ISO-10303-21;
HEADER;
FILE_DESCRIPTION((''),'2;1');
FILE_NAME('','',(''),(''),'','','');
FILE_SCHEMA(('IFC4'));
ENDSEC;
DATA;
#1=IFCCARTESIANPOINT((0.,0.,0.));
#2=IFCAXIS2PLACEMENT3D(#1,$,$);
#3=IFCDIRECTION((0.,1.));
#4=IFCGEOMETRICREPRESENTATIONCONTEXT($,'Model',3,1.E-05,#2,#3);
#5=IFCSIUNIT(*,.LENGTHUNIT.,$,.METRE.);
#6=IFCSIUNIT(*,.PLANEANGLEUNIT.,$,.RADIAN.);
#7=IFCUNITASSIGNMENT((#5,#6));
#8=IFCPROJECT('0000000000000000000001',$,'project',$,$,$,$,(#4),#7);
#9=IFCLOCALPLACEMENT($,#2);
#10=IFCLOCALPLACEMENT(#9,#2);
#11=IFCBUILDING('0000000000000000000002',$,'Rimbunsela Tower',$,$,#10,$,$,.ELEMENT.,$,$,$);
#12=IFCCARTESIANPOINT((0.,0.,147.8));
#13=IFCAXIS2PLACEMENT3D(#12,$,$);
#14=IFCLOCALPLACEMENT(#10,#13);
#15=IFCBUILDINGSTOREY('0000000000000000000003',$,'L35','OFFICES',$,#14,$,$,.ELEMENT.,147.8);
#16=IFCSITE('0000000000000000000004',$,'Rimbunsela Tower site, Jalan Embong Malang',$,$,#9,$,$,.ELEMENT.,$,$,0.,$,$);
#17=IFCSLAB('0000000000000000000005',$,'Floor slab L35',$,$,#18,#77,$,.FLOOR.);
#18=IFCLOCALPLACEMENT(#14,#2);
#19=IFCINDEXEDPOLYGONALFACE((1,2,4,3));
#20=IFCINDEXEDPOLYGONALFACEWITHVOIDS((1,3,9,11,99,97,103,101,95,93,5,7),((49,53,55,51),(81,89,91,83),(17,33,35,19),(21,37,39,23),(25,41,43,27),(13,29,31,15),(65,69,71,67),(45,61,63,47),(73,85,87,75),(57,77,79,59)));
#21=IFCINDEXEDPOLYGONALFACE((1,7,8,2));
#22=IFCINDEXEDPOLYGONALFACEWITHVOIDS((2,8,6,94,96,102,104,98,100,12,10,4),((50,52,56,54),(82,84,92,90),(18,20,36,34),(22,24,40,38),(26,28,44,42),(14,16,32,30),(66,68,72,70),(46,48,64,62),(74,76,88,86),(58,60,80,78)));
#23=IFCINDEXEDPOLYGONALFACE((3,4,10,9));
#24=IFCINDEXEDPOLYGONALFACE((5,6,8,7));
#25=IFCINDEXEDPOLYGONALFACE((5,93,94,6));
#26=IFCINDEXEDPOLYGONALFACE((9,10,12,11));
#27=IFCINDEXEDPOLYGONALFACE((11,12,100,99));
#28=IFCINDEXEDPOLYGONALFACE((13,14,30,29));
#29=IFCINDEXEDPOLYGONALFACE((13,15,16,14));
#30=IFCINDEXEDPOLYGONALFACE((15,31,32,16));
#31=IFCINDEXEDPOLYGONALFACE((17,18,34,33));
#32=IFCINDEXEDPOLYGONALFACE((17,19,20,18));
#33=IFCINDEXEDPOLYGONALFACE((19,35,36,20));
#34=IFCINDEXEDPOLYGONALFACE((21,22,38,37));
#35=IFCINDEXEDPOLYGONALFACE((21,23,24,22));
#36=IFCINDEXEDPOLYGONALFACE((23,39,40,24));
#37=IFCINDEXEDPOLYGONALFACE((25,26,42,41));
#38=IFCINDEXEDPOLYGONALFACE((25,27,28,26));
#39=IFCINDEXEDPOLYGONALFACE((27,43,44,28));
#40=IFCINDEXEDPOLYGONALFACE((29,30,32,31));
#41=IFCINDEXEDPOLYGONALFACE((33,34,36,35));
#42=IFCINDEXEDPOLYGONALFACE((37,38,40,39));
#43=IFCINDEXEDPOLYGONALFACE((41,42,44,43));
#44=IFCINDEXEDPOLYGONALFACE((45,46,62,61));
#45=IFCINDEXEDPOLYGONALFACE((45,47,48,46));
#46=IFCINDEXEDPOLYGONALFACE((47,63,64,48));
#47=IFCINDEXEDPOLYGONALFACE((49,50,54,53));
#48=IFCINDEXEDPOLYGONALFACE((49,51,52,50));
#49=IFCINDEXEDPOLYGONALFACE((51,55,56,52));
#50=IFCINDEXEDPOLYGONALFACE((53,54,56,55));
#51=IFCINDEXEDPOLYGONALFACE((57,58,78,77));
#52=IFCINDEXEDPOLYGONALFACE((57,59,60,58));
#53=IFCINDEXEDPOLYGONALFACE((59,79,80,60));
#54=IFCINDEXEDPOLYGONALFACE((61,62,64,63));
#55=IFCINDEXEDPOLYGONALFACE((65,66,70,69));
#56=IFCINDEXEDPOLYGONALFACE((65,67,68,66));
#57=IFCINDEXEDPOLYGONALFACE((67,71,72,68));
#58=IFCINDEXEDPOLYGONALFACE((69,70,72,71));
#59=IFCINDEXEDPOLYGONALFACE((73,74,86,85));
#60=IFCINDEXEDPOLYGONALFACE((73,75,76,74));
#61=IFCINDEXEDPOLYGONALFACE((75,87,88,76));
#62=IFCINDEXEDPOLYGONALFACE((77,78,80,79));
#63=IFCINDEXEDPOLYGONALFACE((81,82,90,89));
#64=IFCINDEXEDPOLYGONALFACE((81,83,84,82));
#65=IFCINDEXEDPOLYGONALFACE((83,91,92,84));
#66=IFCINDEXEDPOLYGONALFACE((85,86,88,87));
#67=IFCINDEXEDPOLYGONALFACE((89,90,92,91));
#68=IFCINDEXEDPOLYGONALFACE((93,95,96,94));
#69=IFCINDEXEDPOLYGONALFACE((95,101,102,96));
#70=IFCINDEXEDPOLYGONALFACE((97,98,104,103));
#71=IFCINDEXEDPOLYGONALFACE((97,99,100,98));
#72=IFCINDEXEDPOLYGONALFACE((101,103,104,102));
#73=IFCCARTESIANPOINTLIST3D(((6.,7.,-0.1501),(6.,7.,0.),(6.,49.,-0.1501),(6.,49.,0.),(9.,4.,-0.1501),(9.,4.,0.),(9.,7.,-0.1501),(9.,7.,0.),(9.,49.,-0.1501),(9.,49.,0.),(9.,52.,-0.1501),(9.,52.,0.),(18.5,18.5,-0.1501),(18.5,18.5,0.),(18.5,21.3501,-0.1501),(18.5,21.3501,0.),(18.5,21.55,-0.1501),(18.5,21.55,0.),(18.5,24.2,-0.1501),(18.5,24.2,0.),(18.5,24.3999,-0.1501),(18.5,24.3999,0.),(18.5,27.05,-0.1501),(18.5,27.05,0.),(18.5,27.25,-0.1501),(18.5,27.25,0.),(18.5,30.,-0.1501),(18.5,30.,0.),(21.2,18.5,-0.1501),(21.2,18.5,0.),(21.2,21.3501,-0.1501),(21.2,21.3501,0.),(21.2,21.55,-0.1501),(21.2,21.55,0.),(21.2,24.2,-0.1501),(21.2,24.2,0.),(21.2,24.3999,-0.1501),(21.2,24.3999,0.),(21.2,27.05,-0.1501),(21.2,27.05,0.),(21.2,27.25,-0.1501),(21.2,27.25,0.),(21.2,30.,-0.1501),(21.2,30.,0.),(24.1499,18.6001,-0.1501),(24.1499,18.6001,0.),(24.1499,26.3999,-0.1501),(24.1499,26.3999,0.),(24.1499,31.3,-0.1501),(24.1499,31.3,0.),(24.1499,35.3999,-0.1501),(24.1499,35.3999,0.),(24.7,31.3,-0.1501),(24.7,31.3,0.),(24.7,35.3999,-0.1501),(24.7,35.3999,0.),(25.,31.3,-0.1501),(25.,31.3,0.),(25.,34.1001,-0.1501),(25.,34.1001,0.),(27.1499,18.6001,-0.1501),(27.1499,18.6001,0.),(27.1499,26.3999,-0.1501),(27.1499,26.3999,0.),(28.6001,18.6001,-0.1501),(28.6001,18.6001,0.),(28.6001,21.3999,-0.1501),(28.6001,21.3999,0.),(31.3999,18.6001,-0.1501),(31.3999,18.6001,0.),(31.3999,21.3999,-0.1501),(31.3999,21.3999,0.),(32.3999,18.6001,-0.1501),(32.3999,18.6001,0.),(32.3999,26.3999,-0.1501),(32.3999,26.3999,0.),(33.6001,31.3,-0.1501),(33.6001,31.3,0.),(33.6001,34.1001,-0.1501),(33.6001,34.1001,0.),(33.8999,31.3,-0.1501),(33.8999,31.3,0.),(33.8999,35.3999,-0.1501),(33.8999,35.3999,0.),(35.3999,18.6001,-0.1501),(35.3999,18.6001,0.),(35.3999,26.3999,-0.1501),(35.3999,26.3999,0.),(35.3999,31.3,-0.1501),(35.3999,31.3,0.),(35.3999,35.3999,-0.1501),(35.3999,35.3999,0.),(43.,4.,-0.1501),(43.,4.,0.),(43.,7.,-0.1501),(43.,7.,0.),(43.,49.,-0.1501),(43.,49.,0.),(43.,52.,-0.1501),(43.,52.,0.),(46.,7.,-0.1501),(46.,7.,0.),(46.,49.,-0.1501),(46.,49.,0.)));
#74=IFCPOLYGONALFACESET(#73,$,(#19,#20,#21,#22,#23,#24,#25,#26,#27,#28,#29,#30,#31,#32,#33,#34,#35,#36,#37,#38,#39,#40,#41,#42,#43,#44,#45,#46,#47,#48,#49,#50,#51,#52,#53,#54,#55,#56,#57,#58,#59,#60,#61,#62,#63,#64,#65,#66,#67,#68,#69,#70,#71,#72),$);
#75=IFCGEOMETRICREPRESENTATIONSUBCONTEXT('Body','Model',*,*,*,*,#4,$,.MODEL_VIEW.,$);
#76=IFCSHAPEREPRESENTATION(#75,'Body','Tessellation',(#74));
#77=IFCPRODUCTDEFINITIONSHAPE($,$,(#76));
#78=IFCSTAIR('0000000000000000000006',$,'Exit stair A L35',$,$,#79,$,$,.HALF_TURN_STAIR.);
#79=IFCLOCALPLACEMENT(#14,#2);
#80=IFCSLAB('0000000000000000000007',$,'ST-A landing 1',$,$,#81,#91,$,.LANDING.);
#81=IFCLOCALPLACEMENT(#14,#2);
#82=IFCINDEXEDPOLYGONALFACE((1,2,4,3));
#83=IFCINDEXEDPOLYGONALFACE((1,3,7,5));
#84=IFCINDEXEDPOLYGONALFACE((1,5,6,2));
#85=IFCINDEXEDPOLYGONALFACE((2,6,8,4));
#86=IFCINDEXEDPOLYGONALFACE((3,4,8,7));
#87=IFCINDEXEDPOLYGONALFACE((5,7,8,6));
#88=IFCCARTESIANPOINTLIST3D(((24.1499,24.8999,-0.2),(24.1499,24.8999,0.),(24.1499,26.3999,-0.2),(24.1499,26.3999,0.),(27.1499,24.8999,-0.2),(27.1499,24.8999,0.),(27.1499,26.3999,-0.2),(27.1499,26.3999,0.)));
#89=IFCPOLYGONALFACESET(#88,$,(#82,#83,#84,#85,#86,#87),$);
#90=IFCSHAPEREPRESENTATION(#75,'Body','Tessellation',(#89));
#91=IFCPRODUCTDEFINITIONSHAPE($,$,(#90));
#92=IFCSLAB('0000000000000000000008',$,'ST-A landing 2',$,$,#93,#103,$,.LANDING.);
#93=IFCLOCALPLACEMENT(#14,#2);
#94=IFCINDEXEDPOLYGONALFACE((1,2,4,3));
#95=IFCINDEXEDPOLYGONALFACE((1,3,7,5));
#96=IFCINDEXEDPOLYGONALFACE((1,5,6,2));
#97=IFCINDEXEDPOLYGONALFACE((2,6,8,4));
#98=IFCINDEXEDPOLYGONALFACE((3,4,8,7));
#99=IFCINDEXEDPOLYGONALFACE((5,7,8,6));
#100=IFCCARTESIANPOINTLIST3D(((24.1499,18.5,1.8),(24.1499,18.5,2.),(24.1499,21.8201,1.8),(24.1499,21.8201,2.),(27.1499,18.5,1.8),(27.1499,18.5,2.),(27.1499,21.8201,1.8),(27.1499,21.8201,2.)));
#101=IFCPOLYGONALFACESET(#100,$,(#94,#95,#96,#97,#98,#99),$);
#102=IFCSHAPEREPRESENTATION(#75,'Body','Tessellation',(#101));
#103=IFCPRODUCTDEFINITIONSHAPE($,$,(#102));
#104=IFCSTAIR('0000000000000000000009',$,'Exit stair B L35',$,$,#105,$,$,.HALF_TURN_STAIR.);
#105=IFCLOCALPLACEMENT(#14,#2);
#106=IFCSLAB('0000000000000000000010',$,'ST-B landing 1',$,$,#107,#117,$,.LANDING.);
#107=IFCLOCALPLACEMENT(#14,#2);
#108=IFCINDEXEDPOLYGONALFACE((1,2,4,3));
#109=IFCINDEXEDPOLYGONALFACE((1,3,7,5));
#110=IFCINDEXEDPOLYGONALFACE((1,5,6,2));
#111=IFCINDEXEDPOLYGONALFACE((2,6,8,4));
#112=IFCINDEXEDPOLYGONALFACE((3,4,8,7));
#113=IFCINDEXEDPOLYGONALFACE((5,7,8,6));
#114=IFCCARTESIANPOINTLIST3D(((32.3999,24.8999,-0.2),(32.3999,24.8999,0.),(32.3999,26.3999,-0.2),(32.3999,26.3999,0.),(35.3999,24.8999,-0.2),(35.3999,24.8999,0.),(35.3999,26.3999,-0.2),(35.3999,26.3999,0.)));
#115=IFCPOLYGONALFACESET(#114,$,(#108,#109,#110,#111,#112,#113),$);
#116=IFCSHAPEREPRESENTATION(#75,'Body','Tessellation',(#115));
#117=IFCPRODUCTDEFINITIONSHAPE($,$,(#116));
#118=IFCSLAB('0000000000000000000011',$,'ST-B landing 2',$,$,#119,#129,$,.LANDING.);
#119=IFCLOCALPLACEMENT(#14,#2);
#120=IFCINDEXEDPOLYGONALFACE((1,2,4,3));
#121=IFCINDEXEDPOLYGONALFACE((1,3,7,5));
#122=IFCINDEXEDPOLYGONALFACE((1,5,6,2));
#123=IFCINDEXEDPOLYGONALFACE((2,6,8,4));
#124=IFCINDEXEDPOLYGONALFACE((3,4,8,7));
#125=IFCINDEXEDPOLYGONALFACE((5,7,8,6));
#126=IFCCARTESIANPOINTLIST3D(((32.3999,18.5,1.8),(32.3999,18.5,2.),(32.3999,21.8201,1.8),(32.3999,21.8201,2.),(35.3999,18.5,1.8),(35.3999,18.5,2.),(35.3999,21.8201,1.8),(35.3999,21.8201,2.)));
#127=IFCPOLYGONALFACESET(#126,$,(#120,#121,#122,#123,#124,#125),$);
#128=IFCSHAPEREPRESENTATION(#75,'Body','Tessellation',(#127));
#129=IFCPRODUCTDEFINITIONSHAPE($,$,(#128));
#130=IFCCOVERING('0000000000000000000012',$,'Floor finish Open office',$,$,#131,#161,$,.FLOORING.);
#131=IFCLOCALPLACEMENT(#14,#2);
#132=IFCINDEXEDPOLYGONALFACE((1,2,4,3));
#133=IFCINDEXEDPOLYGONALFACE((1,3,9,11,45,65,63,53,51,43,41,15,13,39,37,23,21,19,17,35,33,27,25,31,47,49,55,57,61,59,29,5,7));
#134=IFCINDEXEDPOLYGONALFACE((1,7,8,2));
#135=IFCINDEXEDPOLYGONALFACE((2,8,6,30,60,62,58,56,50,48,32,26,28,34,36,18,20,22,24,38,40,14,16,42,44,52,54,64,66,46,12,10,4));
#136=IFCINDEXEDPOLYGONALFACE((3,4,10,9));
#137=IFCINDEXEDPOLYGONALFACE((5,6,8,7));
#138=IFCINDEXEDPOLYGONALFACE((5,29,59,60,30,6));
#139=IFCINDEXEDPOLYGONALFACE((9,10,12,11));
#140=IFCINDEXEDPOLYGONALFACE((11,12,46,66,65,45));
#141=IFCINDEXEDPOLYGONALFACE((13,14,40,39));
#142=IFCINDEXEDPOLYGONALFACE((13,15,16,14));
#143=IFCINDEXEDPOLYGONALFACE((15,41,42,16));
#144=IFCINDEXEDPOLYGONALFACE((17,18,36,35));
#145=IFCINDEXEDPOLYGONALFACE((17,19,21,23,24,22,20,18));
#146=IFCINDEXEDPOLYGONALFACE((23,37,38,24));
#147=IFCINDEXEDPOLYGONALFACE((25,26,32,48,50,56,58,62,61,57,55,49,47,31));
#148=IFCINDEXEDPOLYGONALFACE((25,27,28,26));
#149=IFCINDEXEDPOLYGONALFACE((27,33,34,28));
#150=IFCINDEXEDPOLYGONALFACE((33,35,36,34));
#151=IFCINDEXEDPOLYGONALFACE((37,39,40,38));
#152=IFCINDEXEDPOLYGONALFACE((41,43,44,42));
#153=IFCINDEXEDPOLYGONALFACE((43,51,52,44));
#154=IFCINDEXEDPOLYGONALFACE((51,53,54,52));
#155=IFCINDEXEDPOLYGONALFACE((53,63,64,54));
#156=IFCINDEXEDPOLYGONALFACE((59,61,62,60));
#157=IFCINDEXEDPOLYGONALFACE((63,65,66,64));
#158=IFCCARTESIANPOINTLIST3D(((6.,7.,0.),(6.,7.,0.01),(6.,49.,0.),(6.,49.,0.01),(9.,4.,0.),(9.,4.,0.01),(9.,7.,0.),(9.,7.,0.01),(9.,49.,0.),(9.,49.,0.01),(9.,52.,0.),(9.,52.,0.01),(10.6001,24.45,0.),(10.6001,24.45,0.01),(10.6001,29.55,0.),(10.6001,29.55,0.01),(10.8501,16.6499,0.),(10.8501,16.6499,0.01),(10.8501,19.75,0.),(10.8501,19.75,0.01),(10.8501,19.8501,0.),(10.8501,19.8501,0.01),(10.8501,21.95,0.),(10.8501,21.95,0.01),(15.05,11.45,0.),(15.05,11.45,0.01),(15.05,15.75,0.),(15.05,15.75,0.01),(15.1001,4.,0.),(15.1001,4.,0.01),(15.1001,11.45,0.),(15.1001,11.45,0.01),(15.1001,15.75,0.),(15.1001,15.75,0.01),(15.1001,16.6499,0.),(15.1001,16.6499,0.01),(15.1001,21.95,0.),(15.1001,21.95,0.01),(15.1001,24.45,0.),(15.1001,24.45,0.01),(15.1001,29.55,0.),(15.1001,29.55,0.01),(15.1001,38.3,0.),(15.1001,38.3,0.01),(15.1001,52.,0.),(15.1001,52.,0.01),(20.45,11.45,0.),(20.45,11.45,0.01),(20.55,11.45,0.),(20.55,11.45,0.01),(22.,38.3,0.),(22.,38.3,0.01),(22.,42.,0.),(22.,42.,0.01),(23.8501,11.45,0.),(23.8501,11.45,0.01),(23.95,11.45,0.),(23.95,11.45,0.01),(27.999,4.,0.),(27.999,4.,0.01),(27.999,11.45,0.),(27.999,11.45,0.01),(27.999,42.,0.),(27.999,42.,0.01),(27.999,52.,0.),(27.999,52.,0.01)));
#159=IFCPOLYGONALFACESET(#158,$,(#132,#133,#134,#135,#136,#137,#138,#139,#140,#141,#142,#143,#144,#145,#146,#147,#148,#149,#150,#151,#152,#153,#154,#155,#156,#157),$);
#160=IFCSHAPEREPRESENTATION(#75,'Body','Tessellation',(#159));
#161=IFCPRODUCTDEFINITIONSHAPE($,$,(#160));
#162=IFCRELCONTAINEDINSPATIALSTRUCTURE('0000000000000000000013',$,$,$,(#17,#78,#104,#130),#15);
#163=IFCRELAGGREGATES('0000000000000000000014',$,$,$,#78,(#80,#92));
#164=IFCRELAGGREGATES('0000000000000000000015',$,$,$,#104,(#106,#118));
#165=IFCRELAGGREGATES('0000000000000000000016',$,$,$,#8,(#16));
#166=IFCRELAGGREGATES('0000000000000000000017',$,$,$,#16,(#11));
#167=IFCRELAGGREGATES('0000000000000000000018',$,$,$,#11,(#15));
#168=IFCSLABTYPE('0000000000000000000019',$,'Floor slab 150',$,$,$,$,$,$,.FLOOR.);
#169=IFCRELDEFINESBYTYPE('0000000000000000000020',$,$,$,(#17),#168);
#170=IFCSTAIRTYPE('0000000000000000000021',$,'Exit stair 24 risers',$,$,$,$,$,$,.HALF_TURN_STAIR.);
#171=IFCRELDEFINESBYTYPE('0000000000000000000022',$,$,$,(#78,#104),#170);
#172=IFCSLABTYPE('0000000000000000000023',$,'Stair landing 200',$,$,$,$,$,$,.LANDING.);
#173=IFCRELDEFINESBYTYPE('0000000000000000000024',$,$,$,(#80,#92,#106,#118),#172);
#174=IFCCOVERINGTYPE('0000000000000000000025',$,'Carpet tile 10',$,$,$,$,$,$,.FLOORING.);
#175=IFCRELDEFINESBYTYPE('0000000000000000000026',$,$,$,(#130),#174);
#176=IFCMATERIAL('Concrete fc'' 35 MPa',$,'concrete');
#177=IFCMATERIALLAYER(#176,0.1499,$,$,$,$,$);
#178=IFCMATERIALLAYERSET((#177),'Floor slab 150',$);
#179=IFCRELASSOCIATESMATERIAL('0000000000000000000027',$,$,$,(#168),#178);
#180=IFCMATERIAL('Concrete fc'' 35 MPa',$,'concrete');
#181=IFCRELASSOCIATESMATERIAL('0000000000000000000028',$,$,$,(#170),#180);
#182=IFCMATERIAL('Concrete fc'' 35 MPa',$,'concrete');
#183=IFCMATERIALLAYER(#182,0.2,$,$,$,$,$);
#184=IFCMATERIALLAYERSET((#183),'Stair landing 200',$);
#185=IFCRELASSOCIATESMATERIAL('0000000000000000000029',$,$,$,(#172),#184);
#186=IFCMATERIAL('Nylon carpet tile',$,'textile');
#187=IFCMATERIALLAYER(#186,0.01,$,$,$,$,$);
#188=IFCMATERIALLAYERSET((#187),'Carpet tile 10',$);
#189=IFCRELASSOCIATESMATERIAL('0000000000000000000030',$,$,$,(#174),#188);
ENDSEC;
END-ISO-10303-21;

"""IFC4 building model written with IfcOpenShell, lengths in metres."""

from ifc_helpers import new_model, si_unit, direction, frame, origin, place, context, subcontext, project, spatial, polyline, outline, extrude, material, layer, layer_set, type_object, element, aggregate, save


model = new_model("IFC4")

# Units and contexts
model_context = context("Model", 3, precision=1e-05, world=origin(), true_north=direction((0.0, 1.0)))
body_context = subcontext(model_context, "Body", "Model", "MODEL_VIEW")
ifc_project = project(units=[si_unit("LENGTHUNIT", "METRE"), si_unit("PLANEANGLEUNIT", "RADIAN")], contexts=[model_context])

# Site, building, storey
site_placement = place(None, origin())
site = spatial("IfcSite", under=ifc_project, at=site_placement, Name="Rimbunsela Tower site, Jalan Embong Malang", CompositionType="ELEMENT", RefElevation=0.0)
building_placement = place(site_placement, origin())
building = spatial("IfcBuilding", under=site, at=building_placement, Name="Rimbunsela Tower", CompositionType="ELEMENT")
storey_placement = place(building_placement, frame((0.0, 0.0, 147.8)))
storey = spatial("IfcBuildingStorey", under=building, at=storey_placement, Name="L35", Description="OFFICES", CompositionType="ELEMENT", Elevation=147.8)

# Slab
ifc_material_1 = material(Name="Concrete fc' 35 MPa", Category="concrete")
ifc_layer_1 = layer(ifc_material_1, 0.1499)
ifc_layer_set_1 = layer_set([ifc_layer_1], Name="Floor slab 150")
slab_type_1 = type_object("IfcSlabType", Name="Floor slab 150", PredefinedType="FLOOR", material=ifc_layer_set_1)
slab_1_placement = place(storey_placement, frame((0.0, 0.0, -0.1501)))
element("IfcSlab", 1, at=slab_1_placement, inside=storey, type_object=slab_type_1, Name="Floor slab L35", PredefinedType="FLOOR", context=body_context, shape_type="SweptSolid", body=[
    extrude(outline(polyline([(9.0, 4.0), (43.0, 4.0), (43.0, 7.0), (46.0, 7.0), (46.0, 49.0), (43.0, 49.0), (43.0, 52.0), (9.0, 52.0), (9.0, 49.0), (6.0, 49.0), (6.0, 7.0), (9.0, 7.0), (9.0, 4.0)]), holes=[polyline([(21.2, 21.3501), (18.5, 21.3501), (18.5, 18.5), (21.2, 18.5), (21.2, 21.3501)]), polyline([(21.2, 21.55), (21.2, 24.2), (18.5, 24.2), (18.5, 21.55), (21.2, 21.55)]), polyline([(21.2, 27.05), (18.5, 27.05), (18.5, 24.3999), (21.2, 24.3999), (21.2, 27.05)]), polyline([(21.2, 27.25), (21.2, 30.0), (18.5, 30.0), (18.5, 27.25), (21.2, 27.25)]), polyline([(27.1499, 18.6001), (27.1499, 26.3999), (24.1499, 26.3999), (24.1499, 18.6001), (27.1499, 18.6001)]), polyline([(24.7, 31.3), (24.7, 35.3999), (24.1499, 35.3999), (24.1499, 31.3), (24.7, 31.3)]), polyline([(25.0, 34.1001), (25.0, 31.3), (33.6001, 31.3), (33.6001, 34.1001), (25.0, 34.1001)]), polyline([(31.3999, 21.3999), (28.6001, 21.3999), (28.6001, 18.6001), (31.3999, 18.6001), (31.3999, 21.3999)]), polyline([(35.3999, 18.6001), (35.3999, 26.3999), (32.3999, 26.3999), (32.3999, 18.6001), (35.3999, 18.6001)]), polyline([(35.3999, 31.3), (35.3999, 35.3999), (33.8999, 35.3999), (33.8999, 31.3), (35.3999, 31.3)])]), origin(), (0.0, 0.0, 1.0), 0.1501),
])

# Stairs, slabs
ifc_material_2 = material(Name="Concrete fc' 35 MPa", Category="concrete")
stair_type = type_object("IfcStairType", Name="Exit stair 24 risers", PredefinedType="HALF_TURN_STAIR", material=ifc_material_2)
stair_1_placement = place(storey_placement, origin())
stair_1 = element("IfcStair", 2, at=stair_1_placement, inside=storey, type_object=stair_type, Name="Exit stair A L35", PredefinedType="HALF_TURN_STAIR")
ifc_material_3 = material(Name="Concrete fc' 35 MPa", Category="concrete")
ifc_layer_2 = layer(ifc_material_3, 0.2)
ifc_layer_set_2 = layer_set([ifc_layer_2], Name="Stair landing 200")
slab_type_2 = type_object("IfcSlabType", Name="Stair landing 200", PredefinedType="LANDING", material=ifc_layer_set_2)
slab_2_placement = place(storey_placement, frame((0.0, 0.0, -0.2)))
slab_2 = element("IfcSlab", 3, at=slab_2_placement, type_object=slab_type_2, Name="ST-A landing 1", PredefinedType="LANDING", context=body_context, shape_type="SweptSolid", body=[
    extrude(outline(polyline([(24.1499, 24.8999), (27.1499, 24.8999), (27.1499, 26.3999), (24.1499, 26.3999), (24.1499, 24.8999)])), origin(), (0.0, 0.0, 1.0), 0.2),
])
slab_3_placement = place(storey_placement, frame((0.0, 0.0, 1.8)))
slab_3 = element("IfcSlab", 4, at=slab_3_placement, type_object=slab_type_2, Name="ST-A landing 2", PredefinedType="LANDING", context=body_context, shape_type="SweptSolid", body=[
    extrude(outline(polyline([(24.1499, 18.5), (27.1499, 18.5), (27.1499, 21.8201), (24.1499, 21.8201), (24.1499, 18.5)])), origin(), (0.0, 0.0, 1.0), 0.2),
])
aggregate(stair_1, [slab_2, slab_3])
stair_2_placement = place(storey_placement, origin())
stair_2 = element("IfcStair", 5, at=stair_2_placement, inside=storey, type_object=stair_type, Name="Exit stair B L35", PredefinedType="HALF_TURN_STAIR")
slab_4_placement = place(storey_placement, frame((0.0, 0.0, -0.2)))
slab_4 = element("IfcSlab", 6, at=slab_4_placement, type_object=slab_type_2, Name="ST-B landing 1", PredefinedType="LANDING", context=body_context, shape_type="SweptSolid", body=[
    extrude(outline(polyline([(32.3999, 24.8999), (35.3999, 24.8999), (35.3999, 26.3999), (32.3999, 26.3999), (32.3999, 24.8999)])), origin(), (0.0, 0.0, 1.0), 0.2),
])
slab_5_placement = place(storey_placement, frame((0.0, 0.0, 1.8)))
slab_5 = element("IfcSlab", 7, at=slab_5_placement, type_object=slab_type_2, Name="ST-B landing 2", PredefinedType="LANDING", context=body_context, shape_type="SweptSolid", body=[
    extrude(outline(polyline([(32.3999, 18.5), (35.3999, 18.5), (35.3999, 21.8201), (32.3999, 21.8201), (32.3999, 18.5)])), origin(), (0.0, 0.0, 1.0), 0.2),
])
aggregate(stair_2, [slab_4, slab_5])

# Covering
ifc_material_4 = material(Name="Nylon carpet tile", Category="textile")
ifc_layer_3 = layer(ifc_material_4, 0.01)
ifc_layer_set_3 = layer_set([ifc_layer_3], Name="Carpet tile 10")
covering_type_1 = type_object("IfcCoveringType", Name="Carpet tile 10", PredefinedType="FLOORING", material=ifc_layer_set_3)
covering_1_placement = place(storey_placement, origin())
element("IfcCovering", 8, at=covering_1_placement, inside=storey, type_object=covering_type_1, Name="Floor finish Open office", PredefinedType="FLOORING", context=body_context, shape_type="SweptSolid", body=[
    extrude(outline(polyline([(20.55, 11.45), (23.8501, 11.45), (23.95, 11.45), (27.999, 11.45), (27.999, 4.0), (15.1001, 4.0), (9.0, 4.0), (9.0, 7.0), (6.0, 7.0), (6.0, 49.0), (9.0, 49.0), (9.0, 52.0), (15.1001, 52.0), (27.999, 52.0), (27.999, 42.0), (22.0, 42.0), (22.0, 38.3), (15.1001, 38.3), (15.1001, 29.55), (10.6001, 29.55), (10.6001, 24.45), (15.1001, 24.45), (15.1001, 21.95), (10.8501, 21.95), (10.8501, 19.8501), (10.8501, 19.75), (10.8501, 16.6499), (15.1001, 16.6499), (15.1001, 15.75), (15.05, 15.75), (15.05, 11.45), (15.1001, 11.45), (20.45, 11.45), (20.55, 11.45)])), origin(), (0.0, 0.0, 1.0), 0.01),
])

save(model, "model.ifc")
